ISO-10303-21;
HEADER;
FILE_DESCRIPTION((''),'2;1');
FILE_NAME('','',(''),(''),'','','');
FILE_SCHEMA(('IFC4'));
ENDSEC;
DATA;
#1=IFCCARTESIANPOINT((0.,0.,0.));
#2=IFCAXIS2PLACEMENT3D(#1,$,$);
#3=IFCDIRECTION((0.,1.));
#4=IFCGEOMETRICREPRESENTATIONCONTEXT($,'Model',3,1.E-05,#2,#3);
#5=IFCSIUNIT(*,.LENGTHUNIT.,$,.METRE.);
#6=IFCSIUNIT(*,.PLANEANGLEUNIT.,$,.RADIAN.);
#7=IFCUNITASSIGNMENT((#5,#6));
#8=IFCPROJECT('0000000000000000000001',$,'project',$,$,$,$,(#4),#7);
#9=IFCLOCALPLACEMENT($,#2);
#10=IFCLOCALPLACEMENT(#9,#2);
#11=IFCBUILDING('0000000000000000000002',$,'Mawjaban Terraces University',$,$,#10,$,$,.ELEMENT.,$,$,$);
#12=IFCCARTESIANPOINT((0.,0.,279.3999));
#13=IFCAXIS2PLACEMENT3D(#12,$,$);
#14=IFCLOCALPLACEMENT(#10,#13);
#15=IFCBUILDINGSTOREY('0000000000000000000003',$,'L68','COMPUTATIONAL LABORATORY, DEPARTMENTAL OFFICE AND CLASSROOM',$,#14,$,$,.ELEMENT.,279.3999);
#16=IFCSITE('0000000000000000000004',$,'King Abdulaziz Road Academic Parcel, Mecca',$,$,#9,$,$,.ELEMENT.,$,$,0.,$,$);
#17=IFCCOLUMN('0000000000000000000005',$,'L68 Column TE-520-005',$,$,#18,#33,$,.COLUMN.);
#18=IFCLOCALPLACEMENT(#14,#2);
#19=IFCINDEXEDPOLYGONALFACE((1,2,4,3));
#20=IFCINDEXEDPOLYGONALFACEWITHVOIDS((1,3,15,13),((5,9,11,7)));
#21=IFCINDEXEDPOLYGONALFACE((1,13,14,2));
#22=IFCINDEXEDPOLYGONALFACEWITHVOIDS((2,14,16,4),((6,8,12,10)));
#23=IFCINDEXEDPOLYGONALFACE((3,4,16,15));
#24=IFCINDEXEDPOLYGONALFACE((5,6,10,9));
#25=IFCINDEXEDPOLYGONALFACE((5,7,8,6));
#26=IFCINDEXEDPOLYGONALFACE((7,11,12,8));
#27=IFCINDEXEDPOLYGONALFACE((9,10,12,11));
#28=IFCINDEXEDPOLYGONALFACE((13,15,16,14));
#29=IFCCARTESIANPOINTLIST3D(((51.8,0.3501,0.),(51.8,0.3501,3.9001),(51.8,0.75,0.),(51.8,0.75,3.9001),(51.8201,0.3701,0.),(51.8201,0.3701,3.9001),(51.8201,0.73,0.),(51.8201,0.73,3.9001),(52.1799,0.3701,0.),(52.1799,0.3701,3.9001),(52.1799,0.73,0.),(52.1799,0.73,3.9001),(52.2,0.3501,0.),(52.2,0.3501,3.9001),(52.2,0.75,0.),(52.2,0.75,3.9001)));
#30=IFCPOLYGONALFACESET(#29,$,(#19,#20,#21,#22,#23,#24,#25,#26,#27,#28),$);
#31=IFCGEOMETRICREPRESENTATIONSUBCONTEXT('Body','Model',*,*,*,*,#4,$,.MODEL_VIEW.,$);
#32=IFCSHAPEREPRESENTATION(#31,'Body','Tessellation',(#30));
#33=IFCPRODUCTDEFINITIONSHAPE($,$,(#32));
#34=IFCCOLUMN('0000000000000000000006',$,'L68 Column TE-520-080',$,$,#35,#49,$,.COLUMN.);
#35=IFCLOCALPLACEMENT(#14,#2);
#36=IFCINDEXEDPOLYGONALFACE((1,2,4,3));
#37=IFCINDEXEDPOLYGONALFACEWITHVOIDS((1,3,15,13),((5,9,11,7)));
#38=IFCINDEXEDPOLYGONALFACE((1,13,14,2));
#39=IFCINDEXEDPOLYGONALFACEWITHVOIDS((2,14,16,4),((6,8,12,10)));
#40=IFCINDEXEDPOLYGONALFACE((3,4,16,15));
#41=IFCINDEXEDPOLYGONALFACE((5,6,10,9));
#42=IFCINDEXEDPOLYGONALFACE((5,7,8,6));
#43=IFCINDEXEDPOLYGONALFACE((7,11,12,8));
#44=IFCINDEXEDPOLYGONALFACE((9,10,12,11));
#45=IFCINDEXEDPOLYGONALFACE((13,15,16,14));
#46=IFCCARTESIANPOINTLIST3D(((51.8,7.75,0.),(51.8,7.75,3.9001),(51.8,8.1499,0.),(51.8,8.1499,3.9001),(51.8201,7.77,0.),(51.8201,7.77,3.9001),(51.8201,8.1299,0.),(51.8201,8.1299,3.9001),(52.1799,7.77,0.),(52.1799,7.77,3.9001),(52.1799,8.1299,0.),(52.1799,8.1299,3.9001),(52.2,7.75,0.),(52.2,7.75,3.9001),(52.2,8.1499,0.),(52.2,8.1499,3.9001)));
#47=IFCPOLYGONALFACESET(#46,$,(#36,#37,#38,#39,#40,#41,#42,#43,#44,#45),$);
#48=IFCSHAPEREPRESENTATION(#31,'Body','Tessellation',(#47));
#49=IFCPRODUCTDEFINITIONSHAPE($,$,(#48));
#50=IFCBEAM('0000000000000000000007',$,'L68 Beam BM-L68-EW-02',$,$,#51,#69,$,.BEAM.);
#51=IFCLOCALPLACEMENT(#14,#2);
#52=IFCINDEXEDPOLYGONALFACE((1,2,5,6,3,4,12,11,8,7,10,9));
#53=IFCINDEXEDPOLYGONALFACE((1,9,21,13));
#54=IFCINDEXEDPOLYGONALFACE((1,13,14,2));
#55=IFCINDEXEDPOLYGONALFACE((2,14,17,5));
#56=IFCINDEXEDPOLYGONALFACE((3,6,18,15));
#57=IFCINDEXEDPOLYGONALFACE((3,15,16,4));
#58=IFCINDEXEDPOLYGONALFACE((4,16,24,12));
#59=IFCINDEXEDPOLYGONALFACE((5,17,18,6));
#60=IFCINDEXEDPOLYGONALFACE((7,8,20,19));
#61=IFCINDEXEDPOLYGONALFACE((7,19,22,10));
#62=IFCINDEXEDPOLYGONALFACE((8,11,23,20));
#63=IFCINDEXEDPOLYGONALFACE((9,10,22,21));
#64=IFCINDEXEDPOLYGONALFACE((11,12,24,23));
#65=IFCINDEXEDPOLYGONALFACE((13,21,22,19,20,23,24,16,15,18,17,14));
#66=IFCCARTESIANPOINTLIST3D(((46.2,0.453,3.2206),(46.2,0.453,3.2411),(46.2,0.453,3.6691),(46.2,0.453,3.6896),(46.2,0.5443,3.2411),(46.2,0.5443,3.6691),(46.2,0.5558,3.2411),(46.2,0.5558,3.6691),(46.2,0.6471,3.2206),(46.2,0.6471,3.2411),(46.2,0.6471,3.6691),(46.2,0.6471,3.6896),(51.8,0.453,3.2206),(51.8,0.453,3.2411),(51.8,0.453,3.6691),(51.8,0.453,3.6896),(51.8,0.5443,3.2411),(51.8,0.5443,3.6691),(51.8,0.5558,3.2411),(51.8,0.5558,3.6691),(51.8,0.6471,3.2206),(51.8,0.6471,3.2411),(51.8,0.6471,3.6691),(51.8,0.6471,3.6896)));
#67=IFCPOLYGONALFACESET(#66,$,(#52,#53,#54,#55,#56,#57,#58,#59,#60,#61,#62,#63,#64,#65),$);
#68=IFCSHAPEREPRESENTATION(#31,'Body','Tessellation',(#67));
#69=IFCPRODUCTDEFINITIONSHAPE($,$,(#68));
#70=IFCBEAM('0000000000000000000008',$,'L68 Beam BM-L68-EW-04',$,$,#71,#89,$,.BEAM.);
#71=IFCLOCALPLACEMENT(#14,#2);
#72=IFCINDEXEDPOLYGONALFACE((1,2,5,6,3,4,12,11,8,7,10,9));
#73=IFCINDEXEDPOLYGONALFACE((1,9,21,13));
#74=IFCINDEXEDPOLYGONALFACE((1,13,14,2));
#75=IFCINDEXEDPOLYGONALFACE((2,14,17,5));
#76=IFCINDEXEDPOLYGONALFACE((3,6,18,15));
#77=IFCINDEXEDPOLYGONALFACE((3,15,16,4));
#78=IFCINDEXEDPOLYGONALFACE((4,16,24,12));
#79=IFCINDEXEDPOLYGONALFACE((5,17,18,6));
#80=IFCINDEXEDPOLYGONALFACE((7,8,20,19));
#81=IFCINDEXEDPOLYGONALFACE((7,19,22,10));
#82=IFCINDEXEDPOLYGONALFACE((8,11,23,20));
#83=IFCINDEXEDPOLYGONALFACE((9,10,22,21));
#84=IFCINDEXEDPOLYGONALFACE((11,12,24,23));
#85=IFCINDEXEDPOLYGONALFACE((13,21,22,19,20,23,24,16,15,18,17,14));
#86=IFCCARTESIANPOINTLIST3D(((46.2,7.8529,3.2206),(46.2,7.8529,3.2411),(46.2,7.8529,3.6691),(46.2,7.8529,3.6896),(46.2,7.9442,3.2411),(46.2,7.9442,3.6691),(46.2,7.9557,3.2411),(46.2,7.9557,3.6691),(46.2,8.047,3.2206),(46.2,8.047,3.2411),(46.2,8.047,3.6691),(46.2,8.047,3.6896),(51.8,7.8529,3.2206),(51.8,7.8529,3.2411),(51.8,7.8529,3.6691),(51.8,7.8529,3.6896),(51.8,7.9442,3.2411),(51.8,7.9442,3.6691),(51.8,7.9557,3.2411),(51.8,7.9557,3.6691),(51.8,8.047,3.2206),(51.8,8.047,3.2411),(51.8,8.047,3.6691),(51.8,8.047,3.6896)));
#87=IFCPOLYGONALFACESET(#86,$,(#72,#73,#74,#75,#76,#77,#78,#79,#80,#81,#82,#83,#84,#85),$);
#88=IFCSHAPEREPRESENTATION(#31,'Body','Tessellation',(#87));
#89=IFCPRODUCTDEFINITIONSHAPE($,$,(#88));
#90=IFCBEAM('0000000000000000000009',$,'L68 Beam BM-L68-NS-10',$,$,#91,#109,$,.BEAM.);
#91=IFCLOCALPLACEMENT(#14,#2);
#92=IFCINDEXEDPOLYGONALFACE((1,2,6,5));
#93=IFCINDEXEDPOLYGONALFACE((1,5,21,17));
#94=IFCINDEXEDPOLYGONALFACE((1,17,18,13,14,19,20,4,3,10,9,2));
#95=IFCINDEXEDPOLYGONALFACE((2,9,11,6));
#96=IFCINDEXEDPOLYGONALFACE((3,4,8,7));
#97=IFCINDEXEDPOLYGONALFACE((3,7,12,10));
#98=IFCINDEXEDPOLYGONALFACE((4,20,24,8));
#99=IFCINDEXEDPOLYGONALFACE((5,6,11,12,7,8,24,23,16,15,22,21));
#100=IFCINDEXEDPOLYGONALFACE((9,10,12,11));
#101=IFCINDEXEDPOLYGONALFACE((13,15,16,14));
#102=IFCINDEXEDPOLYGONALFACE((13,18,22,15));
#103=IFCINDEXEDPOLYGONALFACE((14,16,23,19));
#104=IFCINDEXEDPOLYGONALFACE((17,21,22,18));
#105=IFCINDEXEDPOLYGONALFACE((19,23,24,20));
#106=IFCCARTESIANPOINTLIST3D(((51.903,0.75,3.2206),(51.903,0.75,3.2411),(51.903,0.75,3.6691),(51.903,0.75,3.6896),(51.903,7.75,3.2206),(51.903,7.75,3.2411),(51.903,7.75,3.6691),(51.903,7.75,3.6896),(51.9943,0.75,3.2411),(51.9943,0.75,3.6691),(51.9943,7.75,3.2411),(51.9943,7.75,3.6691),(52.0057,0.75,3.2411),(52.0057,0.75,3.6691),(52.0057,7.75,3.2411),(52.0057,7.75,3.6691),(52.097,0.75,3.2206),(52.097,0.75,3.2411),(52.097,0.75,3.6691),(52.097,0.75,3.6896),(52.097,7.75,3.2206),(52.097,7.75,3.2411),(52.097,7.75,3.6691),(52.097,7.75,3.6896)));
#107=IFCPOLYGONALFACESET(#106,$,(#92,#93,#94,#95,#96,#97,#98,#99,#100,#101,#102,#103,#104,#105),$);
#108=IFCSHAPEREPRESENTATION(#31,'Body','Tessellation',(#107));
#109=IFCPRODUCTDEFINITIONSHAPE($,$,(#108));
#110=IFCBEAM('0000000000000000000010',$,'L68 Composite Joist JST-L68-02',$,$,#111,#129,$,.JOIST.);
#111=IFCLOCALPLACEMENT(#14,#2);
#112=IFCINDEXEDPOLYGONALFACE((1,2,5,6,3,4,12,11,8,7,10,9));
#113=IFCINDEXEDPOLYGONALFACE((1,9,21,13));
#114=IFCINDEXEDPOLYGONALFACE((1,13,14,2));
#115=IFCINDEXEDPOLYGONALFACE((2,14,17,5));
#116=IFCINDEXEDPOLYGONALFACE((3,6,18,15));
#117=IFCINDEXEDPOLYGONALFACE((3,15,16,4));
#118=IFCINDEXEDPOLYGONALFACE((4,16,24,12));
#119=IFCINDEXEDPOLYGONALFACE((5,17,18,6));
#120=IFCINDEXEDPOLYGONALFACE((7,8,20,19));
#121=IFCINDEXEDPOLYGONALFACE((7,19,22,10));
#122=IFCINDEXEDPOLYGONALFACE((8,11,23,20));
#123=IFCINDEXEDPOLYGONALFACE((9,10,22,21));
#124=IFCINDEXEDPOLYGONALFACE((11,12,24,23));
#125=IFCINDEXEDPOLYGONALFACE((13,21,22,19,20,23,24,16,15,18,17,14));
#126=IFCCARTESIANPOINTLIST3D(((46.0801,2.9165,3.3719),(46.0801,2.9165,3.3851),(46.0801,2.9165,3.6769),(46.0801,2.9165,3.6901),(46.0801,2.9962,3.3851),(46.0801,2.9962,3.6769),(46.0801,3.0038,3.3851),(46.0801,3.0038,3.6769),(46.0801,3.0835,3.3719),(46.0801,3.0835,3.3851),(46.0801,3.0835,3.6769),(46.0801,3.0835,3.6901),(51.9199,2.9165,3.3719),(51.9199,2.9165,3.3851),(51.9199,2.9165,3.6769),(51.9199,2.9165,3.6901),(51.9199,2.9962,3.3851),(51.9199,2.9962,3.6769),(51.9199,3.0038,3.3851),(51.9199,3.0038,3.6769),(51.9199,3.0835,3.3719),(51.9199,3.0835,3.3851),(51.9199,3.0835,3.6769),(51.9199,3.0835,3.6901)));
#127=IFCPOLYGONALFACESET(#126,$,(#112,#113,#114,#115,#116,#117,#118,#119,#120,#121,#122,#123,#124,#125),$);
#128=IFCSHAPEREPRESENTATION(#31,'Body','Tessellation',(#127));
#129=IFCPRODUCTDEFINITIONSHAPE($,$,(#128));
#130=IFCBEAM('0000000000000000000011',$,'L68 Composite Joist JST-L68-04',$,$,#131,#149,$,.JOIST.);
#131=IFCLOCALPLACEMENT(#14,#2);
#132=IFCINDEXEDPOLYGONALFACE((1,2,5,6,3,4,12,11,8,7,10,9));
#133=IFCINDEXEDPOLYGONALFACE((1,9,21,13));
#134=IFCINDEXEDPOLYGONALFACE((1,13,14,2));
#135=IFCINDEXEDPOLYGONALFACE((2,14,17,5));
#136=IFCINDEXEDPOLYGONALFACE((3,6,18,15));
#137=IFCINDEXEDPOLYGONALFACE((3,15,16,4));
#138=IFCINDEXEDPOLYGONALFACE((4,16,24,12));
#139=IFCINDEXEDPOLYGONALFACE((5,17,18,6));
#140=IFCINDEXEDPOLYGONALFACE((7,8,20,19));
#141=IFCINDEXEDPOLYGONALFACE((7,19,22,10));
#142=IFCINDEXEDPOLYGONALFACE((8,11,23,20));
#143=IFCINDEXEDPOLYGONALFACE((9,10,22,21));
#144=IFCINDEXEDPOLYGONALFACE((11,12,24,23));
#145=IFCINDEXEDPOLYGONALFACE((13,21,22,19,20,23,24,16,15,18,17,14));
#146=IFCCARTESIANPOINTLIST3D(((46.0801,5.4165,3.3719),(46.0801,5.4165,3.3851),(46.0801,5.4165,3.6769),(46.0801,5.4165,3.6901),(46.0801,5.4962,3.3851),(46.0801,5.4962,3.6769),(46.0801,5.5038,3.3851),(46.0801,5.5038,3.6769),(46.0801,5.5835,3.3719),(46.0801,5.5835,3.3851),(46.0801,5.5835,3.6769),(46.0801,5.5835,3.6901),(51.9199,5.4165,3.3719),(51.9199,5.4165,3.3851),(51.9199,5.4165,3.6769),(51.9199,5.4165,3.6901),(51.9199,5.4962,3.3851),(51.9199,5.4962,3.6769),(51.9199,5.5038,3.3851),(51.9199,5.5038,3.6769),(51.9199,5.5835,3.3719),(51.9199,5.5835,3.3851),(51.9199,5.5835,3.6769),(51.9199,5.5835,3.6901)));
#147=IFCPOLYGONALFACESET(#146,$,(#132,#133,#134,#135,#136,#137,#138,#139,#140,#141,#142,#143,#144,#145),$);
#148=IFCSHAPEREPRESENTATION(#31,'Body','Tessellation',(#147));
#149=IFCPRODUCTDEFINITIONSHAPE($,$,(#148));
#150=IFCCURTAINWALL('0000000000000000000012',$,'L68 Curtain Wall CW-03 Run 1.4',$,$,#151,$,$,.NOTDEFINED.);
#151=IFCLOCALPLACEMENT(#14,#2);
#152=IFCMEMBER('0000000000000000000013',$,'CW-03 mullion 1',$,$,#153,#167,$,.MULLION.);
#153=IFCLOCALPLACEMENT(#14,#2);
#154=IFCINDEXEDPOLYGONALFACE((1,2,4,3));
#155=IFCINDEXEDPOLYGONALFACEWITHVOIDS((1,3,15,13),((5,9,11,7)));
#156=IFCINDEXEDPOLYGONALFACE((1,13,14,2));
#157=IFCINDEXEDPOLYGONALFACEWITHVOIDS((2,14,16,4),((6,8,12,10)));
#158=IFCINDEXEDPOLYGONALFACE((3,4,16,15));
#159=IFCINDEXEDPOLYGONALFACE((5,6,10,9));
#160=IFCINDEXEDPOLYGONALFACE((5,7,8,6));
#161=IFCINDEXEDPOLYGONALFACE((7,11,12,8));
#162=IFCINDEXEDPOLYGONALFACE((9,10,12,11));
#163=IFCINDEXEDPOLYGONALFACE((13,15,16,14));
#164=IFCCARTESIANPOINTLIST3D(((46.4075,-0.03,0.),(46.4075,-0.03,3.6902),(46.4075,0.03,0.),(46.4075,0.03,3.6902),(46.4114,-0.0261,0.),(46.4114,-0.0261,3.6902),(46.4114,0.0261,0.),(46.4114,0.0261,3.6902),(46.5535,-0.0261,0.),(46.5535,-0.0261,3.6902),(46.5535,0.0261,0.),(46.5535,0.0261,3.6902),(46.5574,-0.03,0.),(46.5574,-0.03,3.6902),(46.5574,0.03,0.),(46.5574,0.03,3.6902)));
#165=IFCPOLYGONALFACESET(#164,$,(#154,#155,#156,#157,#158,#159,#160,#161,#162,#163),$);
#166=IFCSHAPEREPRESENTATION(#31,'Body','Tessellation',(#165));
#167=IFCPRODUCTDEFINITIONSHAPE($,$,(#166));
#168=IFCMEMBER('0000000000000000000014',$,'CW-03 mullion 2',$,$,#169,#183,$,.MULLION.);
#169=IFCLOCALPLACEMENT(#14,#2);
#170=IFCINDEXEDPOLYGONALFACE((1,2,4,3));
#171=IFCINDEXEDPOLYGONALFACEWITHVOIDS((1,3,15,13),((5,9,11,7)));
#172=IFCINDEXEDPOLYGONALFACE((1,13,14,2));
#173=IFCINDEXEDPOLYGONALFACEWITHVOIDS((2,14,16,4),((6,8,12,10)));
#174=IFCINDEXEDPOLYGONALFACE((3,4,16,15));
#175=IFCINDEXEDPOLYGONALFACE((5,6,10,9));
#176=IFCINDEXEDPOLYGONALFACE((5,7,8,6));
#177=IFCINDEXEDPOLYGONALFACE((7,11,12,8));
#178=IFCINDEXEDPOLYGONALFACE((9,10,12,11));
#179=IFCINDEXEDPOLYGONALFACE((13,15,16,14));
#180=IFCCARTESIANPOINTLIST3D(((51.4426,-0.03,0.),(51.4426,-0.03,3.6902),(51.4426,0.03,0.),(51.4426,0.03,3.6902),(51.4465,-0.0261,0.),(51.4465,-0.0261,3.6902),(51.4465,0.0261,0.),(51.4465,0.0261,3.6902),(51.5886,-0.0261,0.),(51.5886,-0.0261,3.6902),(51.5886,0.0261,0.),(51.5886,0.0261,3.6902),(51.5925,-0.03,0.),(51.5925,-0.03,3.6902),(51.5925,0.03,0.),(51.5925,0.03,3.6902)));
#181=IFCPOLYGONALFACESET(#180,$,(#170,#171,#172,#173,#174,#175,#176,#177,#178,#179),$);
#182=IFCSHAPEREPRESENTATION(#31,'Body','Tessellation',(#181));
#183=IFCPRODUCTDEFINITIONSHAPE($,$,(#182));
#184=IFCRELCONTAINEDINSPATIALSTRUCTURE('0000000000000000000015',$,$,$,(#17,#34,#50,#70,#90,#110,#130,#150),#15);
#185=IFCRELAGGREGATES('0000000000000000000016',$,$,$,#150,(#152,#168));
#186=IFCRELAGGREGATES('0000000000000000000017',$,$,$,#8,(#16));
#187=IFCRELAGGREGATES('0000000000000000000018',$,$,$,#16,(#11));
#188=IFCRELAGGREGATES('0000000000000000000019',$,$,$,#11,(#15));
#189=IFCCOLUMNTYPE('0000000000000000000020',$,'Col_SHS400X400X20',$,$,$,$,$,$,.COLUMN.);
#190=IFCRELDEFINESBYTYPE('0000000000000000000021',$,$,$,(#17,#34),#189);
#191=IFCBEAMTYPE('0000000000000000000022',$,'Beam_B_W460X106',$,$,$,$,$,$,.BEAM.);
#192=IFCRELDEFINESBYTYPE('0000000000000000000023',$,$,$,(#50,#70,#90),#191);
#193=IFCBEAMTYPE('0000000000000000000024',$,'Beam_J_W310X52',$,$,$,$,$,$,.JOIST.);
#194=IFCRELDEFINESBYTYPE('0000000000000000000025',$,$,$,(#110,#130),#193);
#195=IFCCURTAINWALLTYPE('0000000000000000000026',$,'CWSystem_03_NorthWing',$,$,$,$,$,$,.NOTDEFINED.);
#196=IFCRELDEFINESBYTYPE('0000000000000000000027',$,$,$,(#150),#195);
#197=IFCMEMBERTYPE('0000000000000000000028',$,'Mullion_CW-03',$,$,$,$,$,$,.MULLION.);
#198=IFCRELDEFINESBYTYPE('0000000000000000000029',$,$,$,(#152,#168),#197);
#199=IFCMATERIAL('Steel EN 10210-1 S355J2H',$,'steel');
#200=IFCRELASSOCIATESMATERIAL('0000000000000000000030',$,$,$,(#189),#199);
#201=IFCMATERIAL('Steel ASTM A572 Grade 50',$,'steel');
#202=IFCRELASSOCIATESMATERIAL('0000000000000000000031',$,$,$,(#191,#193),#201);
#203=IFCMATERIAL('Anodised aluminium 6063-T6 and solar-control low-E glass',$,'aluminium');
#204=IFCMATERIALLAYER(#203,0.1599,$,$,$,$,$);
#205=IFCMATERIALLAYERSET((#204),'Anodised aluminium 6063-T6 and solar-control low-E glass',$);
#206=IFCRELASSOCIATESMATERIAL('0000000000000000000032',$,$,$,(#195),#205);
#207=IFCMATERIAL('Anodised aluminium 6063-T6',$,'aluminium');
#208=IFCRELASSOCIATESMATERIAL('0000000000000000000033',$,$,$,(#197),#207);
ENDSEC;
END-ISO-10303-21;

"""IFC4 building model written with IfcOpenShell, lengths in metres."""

from ifc_helpers import new_model, si_unit, direction, frame, origin, origin_2d, place, context, subcontext, project, spatial, hollow_rectangle, i_section, extrude, material, layer, layer_set, material_profile, profile_set, type_object, element, aggregate, save


model = new_model("IFC4")

# Units and contexts
model_context = context("Model", 3, precision=1e-05, world=origin(), true_north=direction((0.0, 1.0)))
body_context = subcontext(model_context, "Body", "Model", "MODEL_VIEW")
ifc_project = project(units=[si_unit("LENGTHUNIT", "METRE"), si_unit("PLANEANGLEUNIT", "RADIAN")], contexts=[model_context])

# Site, building, storey
site_placement = place(None, origin())
site = spatial("IfcSite", under=ifc_project, at=site_placement, Name="King Abdulaziz Road Academic Parcel, Mecca", CompositionType="ELEMENT", RefElevation=0.0)
building_placement = place(site_placement, origin())
building = spatial("IfcBuilding", under=site, at=building_placement, Name="Mawjaban Terraces University", CompositionType="ELEMENT")
storey_placement = place(building_placement, frame((0.0, 0.0, 279.3999)))
storey = spatial("IfcBuildingStorey", under=building, at=storey_placement, Name="L68", Description="COMPUTATIONAL LABORATORY, DEPARTMENTAL OFFICE AND CLASSROOM", CompositionType="ELEMENT", Elevation=279.3999)

# Columns
ifc_material_1 = material(Name="Steel EN 10210-1 S355J2H", Category="steel")
ifc_material_profile_1 = material_profile(ifc_material_1, hollow_rectangle(XDim=0.3999, YDim=0.3999, WallThickness=0.02, at=origin_2d()), Name="SHS400X400X20")
ifc_profile_set_1 = profile_set([ifc_material_profile_1], Name="Steel EN 10210-1 S355J2H")
column_type = type_object("IfcColumnType", Name="Col_SHS400X400X20", PredefinedType="COLUMN", material=ifc_profile_set_1)
for number, where, z_axis, x_axis, name in (
    (1, (52.0, 0.55, 0.0), (0.0, 0.0, 1.0), (1.0, 0.0, 0.0), "L68 Column TE-520-005"),
    (2, (52.0, 7.95, 0.0), (0.0, 0.0, 1.0), (1.0, 0.0, 0.0), "L68 Column TE-520-080"),
):
    element("IfcColumn", number, at=place(storey_placement, frame(where, z_axis=z_axis, x_axis=x_axis)), inside=storey, type_object=column_type, Name=name, PredefinedType="COLUMN", context=body_context, shape_type="SweptSolid", body=[
        extrude(hollow_rectangle(XDim=0.3999, YDim=0.3999, WallThickness=0.02, at=origin_2d()), origin(), (0.0, 0.0, 1.0), 3.9001),
    ])

# Beams
ifc_material_2 = material(Name="Steel ASTM A572 Grade 50", Category="steel")
ifc_material_profile_2 = material_profile(ifc_material_2, i_section(OverallWidth=0.1941, OverallDepth=0.469, WebThickness=0.0115, FlangeThickness=0.0205, at=origin_2d()), Name="W460X106")
ifc_profile_set_2 = profile_set([ifc_material_profile_2], Name="Steel ASTM A572 Grade 50")
beam_type_1 = type_object("IfcBeamType", Name="Beam_B_W460X106", PredefinedType="BEAM", material=ifc_profile_set_2)
for number, where, z_axis, x_axis, name in (
    (3, (46.2, 0.55, 3.4551), (1.0, 0.0, 0.0), (0.0, 1.0, 0.0), "L68 Beam BM-L68-EW-02"),
    (4, (46.2, 7.95, 3.4551), (1.0, 0.0, 0.0), (0.0, 1.0, 0.0), "L68 Beam BM-L68-EW-04"),
):
    element("IfcBeam", number, at=place(storey_placement, frame(where, z_axis=z_axis, x_axis=x_axis)), inside=storey, type_object=beam_type_1, Name=name, PredefinedType="BEAM", context=body_context, shape_type="SweptSolid", body=[
        extrude(i_section(OverallWidth=0.1941, OverallDepth=0.469, WebThickness=0.0115, FlangeThickness=0.0205, at=origin_2d()), origin(), (0.0, 0.0, 1.0), 5.6001),
    ])
beam_placement = place(storey_placement, frame((52.0, 0.75, 3.4551), z_axis=(0.0, 1.0, 0.0), x_axis=(-1.0, 0.0, 0.0)))
element("IfcBeam", 5, at=beam_placement, inside=storey, type_object=beam_type_1, Name="L68 Beam BM-L68-NS-10", PredefinedType="BEAM", context=body_context, shape_type="SweptSolid", body=[
    extrude(i_section(OverallWidth=0.1941, OverallDepth=0.469, WebThickness=0.0115, FlangeThickness=0.0205, at=origin_2d()), origin(), (0.0, 0.0, 1.0), 7.0),
])
ifc_material_profile_3 = material_profile(ifc_material_2, i_section(OverallWidth=0.167, OverallDepth=0.3181, WebThickness=0.0076, FlangeThickness=0.0132, at=origin_2d()), Name="W310X52")
ifc_profile_set_3 = profile_set([ifc_material_profile_3], Name="Steel ASTM A572 Grade 50")
beam_type_2 = type_object("IfcBeamType", Name="Beam_J_W310X52", PredefinedType="JOIST", material=ifc_profile_set_3)
for number, where, z_axis, x_axis, name in (
    (6, (46.0801, 3.0, 3.531), (1.0, 0.0, 0.0), (0.0, 1.0, 0.0), "L68 Composite Joist JST-L68-02"),
    (7, (46.0801, 5.5, 3.531), (1.0, 0.0, 0.0), (0.0, 1.0, 0.0), "L68 Composite Joist JST-L68-04"),
):
    element("IfcBeam", number, at=place(storey_placement, frame(where, z_axis=z_axis, x_axis=x_axis)), inside=storey, type_object=beam_type_2, Name=name, PredefinedType="JOIST", context=body_context, shape_type="SweptSolid", body=[
        extrude(i_section(OverallWidth=0.167, OverallDepth=0.3181, WebThickness=0.0076, FlangeThickness=0.0132, at=origin_2d()), origin(), (0.0, 0.0, 1.0), 5.8398),
    ])

# Curtain wall, members
ifc_material_3 = material(Name="Anodised aluminium 6063-T6 and solar-control low-E glass", Category="aluminium")
ifc_layer_1 = layer(ifc_material_3, 0.1599)
ifc_layer_set_1 = layer_set([ifc_layer_1], Name="Anodised aluminium 6063-T6 and solar-control low-E glass")
curtain_wall_type = type_object("IfcCurtainWallType", Name="CWSystem_03_NorthWing", PredefinedType="NOTDEFINED", material=ifc_layer_set_1)
curtain_wall_placement = place(storey_placement, origin())
curtain_wall = element("IfcCurtainWall", 8, at=curtain_wall_placement, inside=storey, type_object=curtain_wall_type, Name="L68 Curtain Wall CW-03 Run 1.4", PredefinedType="NOTDEFINED")
ifc_material_4 = material(Name="Anodised aluminium 6063-T6", Category="aluminium")
ifc_material_profile_4 = material_profile(ifc_material_4, hollow_rectangle(XDim=0.0601, YDim=0.1499, WallThickness=0.0039, at=origin_2d()), Name="ALU150X60X4")
ifc_profile_set_4 = profile_set([ifc_material_profile_4], Name="Anodised aluminium 6063-T6")
member_type_1 = type_object("IfcMemberType", Name="Mullion_CW-03", PredefinedType="MULLION", material=ifc_profile_set_4)
member_1_placement = place(storey_placement, frame((46.4824, 0.0, 0.0), z_axis=(0.0, 0.0, 1.0), x_axis=(0.0, 1.0, 0.0)))
member_1 = element("IfcMember", 9, at=member_1_placement, type_object=member_type_1, Name="CW-03 mullion 1", PredefinedType="MULLION", context=body_context, shape_type="SweptSolid", body=[
    extrude(hollow_rectangle(XDim=0.0601, YDim=0.1499, WallThickness=0.0039, at=origin_2d()), origin(), (0.0, 0.0, 1.0), 3.6902),
])
member_2_placement = place(storey_placement, frame((51.5176, 0.0, 0.0), z_axis=(0.0, 0.0, 1.0), x_axis=(0.0, 1.0, 0.0)))
member_2 = element("IfcMember", 10, at=member_2_placement, type_object=member_type_1, Name="CW-03 mullion 2", PredefinedType="MULLION", context=body_context, shape_type="SweptSolid", body=[
    extrude(hollow_rectangle(XDim=0.0601, YDim=0.1499, WallThickness=0.0039, at=origin_2d()), origin(), (0.0, 0.0, 1.0), 3.6902),
])
aggregate(curtain_wall, [member_1, member_2])

save(model, "model.ifc")
